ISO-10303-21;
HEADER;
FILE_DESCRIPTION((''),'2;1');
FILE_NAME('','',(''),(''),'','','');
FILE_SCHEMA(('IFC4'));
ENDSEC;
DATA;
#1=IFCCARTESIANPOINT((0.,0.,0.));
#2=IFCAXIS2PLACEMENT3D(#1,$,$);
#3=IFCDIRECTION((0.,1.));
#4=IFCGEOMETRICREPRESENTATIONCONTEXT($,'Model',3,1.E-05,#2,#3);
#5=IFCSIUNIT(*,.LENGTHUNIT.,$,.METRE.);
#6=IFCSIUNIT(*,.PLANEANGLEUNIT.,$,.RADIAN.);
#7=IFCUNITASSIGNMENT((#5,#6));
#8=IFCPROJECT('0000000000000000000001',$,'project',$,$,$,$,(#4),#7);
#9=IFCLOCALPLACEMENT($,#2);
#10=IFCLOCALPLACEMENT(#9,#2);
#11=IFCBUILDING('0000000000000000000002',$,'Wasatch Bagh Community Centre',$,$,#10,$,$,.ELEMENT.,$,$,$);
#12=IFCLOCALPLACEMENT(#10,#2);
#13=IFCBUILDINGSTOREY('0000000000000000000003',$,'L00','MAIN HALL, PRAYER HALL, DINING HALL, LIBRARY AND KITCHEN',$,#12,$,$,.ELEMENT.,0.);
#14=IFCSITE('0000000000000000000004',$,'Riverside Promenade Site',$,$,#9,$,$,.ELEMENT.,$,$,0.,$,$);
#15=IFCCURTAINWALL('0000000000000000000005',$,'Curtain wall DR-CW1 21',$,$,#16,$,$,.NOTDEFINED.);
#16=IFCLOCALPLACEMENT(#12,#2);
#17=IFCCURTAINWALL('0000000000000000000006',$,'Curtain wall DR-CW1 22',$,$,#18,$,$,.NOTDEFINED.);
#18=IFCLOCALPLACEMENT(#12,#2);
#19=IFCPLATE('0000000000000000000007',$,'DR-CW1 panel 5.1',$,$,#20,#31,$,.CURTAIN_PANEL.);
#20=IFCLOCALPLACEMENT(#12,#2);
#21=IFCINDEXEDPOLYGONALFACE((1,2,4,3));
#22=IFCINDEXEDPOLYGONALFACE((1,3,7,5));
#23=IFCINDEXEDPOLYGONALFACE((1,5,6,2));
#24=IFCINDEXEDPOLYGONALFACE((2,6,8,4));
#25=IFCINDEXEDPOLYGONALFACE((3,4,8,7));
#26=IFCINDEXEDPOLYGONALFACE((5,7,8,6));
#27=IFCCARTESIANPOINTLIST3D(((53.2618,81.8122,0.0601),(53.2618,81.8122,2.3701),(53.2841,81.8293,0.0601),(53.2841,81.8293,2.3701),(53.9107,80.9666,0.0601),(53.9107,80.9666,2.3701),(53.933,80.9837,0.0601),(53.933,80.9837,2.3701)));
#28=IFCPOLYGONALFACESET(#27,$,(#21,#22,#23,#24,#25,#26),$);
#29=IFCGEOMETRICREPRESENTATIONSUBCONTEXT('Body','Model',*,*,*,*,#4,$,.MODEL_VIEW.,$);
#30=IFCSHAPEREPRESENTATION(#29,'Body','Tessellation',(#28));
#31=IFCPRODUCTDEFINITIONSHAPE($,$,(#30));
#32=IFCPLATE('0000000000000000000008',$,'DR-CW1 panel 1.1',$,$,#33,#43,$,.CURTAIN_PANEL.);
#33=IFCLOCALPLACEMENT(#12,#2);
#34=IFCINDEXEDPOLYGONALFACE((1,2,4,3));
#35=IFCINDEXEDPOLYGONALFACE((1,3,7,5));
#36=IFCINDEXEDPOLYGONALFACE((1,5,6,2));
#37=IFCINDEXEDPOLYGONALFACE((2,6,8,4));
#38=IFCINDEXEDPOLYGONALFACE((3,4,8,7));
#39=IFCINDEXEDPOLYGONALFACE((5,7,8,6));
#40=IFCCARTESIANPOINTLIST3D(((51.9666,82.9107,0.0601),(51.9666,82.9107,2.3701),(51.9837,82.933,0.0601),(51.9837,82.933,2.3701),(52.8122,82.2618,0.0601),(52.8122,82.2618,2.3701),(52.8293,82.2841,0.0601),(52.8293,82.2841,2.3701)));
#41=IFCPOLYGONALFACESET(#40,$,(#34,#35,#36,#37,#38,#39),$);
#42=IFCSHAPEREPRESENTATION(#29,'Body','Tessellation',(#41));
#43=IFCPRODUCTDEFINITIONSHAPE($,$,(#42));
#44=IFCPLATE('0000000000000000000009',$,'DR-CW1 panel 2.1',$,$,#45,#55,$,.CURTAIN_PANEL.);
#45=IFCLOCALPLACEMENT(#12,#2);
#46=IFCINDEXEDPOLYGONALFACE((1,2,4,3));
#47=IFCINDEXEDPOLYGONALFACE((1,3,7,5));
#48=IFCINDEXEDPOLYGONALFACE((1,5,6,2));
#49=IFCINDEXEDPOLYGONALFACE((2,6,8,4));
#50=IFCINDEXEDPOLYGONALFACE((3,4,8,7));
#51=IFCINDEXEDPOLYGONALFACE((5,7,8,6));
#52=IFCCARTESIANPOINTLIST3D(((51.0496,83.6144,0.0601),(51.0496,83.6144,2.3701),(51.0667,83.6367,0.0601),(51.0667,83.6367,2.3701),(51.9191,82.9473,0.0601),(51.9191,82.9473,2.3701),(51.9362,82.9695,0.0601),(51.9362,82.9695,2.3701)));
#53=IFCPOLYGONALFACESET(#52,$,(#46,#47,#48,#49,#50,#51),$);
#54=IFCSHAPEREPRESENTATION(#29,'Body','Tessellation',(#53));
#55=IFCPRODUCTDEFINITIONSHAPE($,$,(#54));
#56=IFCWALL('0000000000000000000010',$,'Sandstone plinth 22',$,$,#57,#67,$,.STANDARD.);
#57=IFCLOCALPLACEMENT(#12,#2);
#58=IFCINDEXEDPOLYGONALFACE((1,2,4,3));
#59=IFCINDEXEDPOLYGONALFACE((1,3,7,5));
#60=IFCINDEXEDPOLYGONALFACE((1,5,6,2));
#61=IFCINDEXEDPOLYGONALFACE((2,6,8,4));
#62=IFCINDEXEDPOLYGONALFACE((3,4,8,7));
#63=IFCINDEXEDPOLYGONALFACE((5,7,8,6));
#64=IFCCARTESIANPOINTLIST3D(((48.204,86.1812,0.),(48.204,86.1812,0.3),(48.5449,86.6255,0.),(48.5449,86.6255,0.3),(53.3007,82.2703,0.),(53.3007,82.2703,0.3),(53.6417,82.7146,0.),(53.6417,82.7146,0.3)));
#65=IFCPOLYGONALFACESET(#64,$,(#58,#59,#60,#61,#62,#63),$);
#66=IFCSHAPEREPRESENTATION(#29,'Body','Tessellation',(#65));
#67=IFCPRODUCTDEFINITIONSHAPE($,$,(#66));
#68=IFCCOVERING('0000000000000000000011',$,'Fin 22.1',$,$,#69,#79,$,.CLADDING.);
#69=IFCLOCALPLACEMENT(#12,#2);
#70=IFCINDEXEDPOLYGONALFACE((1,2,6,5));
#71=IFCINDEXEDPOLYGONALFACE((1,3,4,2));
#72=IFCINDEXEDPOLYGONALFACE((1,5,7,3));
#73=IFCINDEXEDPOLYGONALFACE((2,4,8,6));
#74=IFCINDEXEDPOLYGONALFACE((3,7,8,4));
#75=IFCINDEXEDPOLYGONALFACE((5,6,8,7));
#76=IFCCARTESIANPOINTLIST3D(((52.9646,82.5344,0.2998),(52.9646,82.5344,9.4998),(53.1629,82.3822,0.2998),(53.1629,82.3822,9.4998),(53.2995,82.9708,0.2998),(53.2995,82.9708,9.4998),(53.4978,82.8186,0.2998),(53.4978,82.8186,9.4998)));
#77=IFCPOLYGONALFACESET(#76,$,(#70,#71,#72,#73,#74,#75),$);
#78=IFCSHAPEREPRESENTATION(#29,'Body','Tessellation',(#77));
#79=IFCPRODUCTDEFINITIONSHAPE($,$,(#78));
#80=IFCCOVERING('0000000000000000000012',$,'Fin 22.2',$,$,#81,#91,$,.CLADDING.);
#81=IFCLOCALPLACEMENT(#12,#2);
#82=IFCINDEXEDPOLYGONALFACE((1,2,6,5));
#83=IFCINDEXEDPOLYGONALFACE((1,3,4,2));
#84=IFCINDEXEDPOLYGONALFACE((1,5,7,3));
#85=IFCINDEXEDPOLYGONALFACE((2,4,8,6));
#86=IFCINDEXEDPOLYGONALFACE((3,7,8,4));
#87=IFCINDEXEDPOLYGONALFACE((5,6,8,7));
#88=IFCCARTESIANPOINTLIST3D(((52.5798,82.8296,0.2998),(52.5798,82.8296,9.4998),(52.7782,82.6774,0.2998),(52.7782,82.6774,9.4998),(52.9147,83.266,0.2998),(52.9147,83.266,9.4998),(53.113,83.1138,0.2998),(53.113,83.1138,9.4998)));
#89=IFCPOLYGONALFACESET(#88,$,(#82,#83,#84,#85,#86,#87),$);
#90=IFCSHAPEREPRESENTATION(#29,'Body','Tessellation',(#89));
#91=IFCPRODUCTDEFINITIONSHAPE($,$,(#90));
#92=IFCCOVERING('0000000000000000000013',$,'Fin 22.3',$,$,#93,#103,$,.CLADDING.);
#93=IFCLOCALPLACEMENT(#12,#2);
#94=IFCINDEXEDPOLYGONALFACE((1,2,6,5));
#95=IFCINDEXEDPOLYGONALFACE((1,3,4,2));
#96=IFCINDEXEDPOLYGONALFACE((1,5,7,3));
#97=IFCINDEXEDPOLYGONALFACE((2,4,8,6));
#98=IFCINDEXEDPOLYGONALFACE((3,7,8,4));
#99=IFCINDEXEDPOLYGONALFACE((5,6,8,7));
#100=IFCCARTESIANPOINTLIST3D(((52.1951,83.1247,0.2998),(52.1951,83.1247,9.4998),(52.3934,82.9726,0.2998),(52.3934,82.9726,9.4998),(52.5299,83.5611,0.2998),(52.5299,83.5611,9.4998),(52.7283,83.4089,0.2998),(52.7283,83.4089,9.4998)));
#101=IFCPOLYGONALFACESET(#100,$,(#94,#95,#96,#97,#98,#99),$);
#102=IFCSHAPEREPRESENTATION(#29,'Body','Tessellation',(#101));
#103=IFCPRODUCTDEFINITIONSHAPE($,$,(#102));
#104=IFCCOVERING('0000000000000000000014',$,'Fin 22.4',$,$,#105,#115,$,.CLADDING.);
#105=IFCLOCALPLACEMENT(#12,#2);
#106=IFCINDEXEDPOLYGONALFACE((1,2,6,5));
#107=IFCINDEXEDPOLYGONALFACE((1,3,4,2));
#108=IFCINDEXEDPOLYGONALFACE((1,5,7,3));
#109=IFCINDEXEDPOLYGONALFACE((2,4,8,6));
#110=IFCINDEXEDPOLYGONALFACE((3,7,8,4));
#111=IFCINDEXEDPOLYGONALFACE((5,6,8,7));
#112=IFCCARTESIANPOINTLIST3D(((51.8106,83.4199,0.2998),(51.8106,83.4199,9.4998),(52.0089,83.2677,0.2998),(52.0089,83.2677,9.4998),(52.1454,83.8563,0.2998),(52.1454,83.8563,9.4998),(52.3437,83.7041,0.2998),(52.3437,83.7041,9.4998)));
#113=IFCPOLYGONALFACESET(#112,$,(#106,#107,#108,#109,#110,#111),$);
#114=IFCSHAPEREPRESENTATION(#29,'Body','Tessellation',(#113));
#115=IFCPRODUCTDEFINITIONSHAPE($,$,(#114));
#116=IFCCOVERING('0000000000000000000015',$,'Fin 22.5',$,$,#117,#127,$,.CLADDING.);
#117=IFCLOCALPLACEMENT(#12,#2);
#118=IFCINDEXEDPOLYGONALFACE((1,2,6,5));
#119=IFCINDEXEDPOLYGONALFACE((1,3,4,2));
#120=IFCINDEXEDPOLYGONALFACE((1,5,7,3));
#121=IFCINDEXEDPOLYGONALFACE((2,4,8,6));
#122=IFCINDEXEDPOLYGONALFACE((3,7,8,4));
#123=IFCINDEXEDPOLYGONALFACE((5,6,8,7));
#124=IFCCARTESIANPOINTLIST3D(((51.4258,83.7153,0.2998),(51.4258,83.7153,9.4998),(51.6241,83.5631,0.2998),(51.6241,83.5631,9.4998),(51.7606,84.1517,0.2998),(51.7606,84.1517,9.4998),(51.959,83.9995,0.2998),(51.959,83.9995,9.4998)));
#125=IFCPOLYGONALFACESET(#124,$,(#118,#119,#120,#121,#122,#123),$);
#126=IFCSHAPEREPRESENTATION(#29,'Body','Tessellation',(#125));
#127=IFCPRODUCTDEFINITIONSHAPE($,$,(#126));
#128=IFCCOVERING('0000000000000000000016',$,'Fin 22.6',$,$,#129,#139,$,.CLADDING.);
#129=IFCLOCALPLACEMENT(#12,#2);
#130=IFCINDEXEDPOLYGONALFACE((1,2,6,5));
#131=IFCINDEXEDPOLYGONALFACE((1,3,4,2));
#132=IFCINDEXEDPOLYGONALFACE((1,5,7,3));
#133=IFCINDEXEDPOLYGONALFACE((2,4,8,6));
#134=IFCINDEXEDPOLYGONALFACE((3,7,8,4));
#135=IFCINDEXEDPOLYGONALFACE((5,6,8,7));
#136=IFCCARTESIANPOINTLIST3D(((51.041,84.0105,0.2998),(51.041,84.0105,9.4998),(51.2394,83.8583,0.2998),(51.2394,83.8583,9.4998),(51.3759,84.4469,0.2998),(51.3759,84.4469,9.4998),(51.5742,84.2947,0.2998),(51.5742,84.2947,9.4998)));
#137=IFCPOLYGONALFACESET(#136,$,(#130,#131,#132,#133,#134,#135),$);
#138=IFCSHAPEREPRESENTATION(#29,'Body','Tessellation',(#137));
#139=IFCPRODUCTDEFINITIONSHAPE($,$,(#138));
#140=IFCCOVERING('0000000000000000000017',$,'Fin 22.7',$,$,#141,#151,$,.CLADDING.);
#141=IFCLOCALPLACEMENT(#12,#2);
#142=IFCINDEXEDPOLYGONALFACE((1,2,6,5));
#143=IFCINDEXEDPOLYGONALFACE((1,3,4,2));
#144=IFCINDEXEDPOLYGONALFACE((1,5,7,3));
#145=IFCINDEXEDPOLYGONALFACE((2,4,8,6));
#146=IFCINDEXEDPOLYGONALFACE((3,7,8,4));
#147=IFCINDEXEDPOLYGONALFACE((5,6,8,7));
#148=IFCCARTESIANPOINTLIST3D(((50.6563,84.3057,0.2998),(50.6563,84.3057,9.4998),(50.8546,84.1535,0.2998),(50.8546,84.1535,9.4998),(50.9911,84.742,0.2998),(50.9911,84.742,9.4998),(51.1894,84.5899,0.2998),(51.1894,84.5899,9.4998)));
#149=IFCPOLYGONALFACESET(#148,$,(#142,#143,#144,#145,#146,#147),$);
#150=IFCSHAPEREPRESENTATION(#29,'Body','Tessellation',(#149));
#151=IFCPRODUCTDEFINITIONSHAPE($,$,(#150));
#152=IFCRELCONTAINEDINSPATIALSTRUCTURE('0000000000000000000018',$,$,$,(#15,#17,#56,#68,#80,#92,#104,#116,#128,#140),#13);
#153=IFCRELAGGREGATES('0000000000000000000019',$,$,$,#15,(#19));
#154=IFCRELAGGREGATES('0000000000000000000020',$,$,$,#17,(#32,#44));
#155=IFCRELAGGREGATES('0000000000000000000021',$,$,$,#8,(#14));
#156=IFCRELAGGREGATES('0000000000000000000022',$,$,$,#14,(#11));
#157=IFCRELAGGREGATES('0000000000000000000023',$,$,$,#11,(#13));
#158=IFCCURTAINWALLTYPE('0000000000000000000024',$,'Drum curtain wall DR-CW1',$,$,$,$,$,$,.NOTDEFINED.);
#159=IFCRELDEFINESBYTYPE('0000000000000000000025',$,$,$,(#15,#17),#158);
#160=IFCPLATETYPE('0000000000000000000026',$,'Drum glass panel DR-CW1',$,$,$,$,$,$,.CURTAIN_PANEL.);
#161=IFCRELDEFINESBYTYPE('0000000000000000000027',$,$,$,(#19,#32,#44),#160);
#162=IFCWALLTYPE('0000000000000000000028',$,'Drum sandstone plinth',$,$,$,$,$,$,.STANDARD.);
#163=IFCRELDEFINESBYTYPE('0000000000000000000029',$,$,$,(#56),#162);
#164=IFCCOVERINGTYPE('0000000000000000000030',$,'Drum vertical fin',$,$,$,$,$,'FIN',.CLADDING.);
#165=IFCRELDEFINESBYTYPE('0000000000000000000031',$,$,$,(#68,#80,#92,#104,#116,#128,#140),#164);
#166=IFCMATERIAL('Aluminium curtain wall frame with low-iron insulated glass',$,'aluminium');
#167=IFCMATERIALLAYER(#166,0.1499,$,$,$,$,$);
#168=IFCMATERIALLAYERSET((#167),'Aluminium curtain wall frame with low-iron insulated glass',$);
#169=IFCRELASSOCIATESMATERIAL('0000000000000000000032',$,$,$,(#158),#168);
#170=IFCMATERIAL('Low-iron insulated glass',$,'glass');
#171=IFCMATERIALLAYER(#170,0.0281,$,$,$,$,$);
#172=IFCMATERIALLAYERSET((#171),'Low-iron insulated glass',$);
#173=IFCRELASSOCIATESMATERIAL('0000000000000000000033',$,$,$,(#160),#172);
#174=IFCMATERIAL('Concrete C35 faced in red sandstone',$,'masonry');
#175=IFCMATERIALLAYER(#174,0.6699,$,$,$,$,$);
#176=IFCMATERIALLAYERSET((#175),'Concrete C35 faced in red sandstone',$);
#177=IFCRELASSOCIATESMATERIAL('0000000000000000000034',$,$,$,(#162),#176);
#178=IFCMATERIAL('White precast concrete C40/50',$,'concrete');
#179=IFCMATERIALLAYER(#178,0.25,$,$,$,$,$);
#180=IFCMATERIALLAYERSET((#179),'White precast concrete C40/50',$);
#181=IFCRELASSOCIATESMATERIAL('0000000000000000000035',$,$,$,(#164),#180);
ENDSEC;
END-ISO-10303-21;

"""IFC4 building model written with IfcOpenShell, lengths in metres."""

from ifc_helpers import new_model, si_unit, direction, frame, frame_2d, origin, origin_2d, place, context, subcontext, project, spatial, rectangle, extrude, material, layer, layer_set, type_object, element, aggregate, save


model = new_model("IFC4")

# Units and contexts
model_context = context("Model", 3, precision=1e-05, world=origin(), true_north=direction((0.0, 1.0)))
body_context = subcontext(model_context, "Body", "Model", "MODEL_VIEW")
ifc_project = project(units=[si_unit("LENGTHUNIT", "METRE"), si_unit("PLANEANGLEUNIT", "RADIAN")], contexts=[model_context])

# Site, building, storey
site_placement = place(None, origin())
site = spatial("IfcSite", under=ifc_project, at=site_placement, Name="Riverside Promenade Site", CompositionType="ELEMENT", RefElevation=0.0)
building_placement = place(site_placement, origin())
building = spatial("IfcBuilding", under=site, at=building_placement, Name="Wasatch Bagh Community Centre", CompositionType="ELEMENT")
storey_placement = place(building_placement, origin())
storey = spatial("IfcBuildingStorey", under=building, at=storey_placement, Name="L00", Description="MAIN HALL, PRAYER HALL, DINING HALL, LIBRARY AND KITCHEN", CompositionType="ELEMENT", Elevation=0.0)

# Curtain wall
ifc_material_1 = material(Name="Aluminium curtain wall frame with low-iron insulated glass", Category="aluminium")
ifc_layer_1 = layer(ifc_material_1, 0.1499)
ifc_layer_set_1 = layer_set([ifc_layer_1], Name="Aluminium curtain wall frame with low-iron insulated glass")
curtain_wall_type = type_object("IfcCurtainWallType", Name="Drum curtain wall DR-CW1", PredefinedType="NOTDEFINED", material=ifc_layer_set_1)
curtain_wall_1_placement = place(storey_placement, origin())
curtain_wall_1 = element("IfcCurtainWall", 1, at=curtain_wall_1_placement, inside=storey, type_object=curtain_wall_type, Name="Curtain wall DR-CW1 21", PredefinedType="NOTDEFINED")

# Curtain wall
curtain_wall_2_placement = place(storey_placement, origin())
curtain_wall_2 = element("IfcCurtainWall", 2, at=curtain_wall_2_placement, inside=storey, type_object=curtain_wall_type, Name="Curtain wall DR-CW1 22", PredefinedType="NOTDEFINED")

# Plates
ifc_material_2 = material(Name="Low-iron insulated glass", Category="glass")
ifc_layer_2 = layer(ifc_material_2, 0.0281)
ifc_layer_set_2 = layer_set([ifc_layer_2], Name="Low-iron insulated glass")
plate_type = type_object("IfcPlateType", Name="Drum glass panel DR-CW1", PredefinedType="CURTAIN_PANEL", material=ifc_layer_set_2)
plate_1_placement = place(storey_placement, frame((53.5974, 81.3979, 0.0601), z_axis=(0.0, 0.0, 1.0), x_axis=(-0.608761, 0.793353, 0.0)))
plate_1 = element("IfcPlate", 3, at=plate_1_placement, type_object=plate_type, Name="DR-CW1 panel 5.1", PredefinedType="CURTAIN_PANEL", context=body_context, shape_type="SweptSolid", body=[
    extrude(rectangle(XDim=1.0659, YDim=0.0281, at=origin_2d()), origin(), (0.0, 0.0, 1.0), 2.3101),
])
aggregate(curtain_wall_1, [plate_1])
plate_2_placement = place(storey_placement, frame((52.3979, 82.5974, 0.0601), z_axis=(0.0, 0.0, 1.0), x_axis=(-0.793353, 0.608761, 0.0)))
plate_2 = element("IfcPlate", 4, at=plate_2_placement, type_object=plate_type, Name="DR-CW1 panel 1.1", PredefinedType="CURTAIN_PANEL", context=body_context, shape_type="SweptSolid", body=[
    extrude(rectangle(XDim=1.0659, YDim=0.0281, at=origin_2d()), origin(), (0.0, 0.0, 1.0), 2.3101),
])
plate_3_placement = place(storey_placement, frame((51.4929, 83.292, 0.0601), z_axis=(0.0, 0.0, 1.0), x_axis=(-0.793353, 0.608761, 0.0)))
plate_3 = element("IfcPlate", 5, at=plate_3_placement, type_object=plate_type, Name="DR-CW1 panel 2.1", PredefinedType="CURTAIN_PANEL", context=body_context, shape_type="SweptSolid", body=[
    extrude(rectangle(XDim=1.0959, YDim=0.0281, at=origin_2d()), origin(), (0.0, 0.0, 1.0), 2.3101),
])
aggregate(curtain_wall_2, [plate_2, plate_3])

# Wall
ifc_material_3 = material(Name="Concrete C35 faced in red sandstone", Category="masonry")
ifc_layer_3 = layer(ifc_material_3, 0.6699)
ifc_layer_set_3 = layer_set([ifc_layer_3], Name="Concrete C35 faced in red sandstone")
wall_type = type_object("IfcWallType", Name="Drum sandstone plinth", PredefinedType="STANDARD", material=ifc_layer_set_3)
wall_placement = place(storey_placement, frame((53.4712, 82.4924, 0.0), z_axis=(0.0, 0.0, 1.0), x_axis=(-0.793348, 0.608768, 0.0)))
element("IfcWall", 6, at=wall_placement, inside=storey, type_object=wall_type, Name="Sandstone plinth 22", PredefinedType="STANDARD", context=body_context, shape_type="SweptSolid", body=[
    extrude(rectangle(XDim=6.4243, YDim=0.5601, at=frame_2d((3.2122, 0.0))), origin(), (0.0, 0.0, 1.0), 0.3),
])

# Coverings
ifc_material_4 = material(Name="White precast concrete C40/50", Category="concrete")
ifc_layer_4 = layer(ifc_material_4, 0.25)
ifc_layer_set_4 = layer_set([ifc_layer_4], Name="White precast concrete C40/50")
covering_type = type_object("IfcCoveringType", Name="Drum vertical fin", ElementType="FIN", PredefinedType="CLADDING", material=ifc_layer_set_4)
for number, where, z_axis, x_axis, name in (
    (7, (53.2312, 82.6765, 0.2998), (0.0, 0.0, 1.0), (-0.793353, 0.608761, 0.0), "Fin 22.1"),
    (8, (52.8464, 82.9717, 0.2998), (0.0, 0.0, 1.0), (-0.793353, 0.608761, 0.0), "Fin 22.2"),
    (9, (52.4617, 83.2668, 0.2998), (0.0, 0.0, 1.0), (-0.793353, 0.608761, 0.0), "Fin 22.3"),
    (10, (52.0771, 83.562, 0.2998), (0.0, 0.0, 1.0), (-0.793353, 0.608761, 0.0), "Fin 22.4"),
    (11, (51.6924, 83.8574, 0.2998), (0.0, 0.0, 1.0), (-0.793353, 0.608761, 0.0), "Fin 22.5"),
    (12, (51.3076, 84.1526, 0.2998), (0.0, 0.0, 1.0), (-0.793353, 0.608761, 0.0), "Fin 22.6"),
    (13, (50.9229, 84.4478, 0.2998), (0.0, 0.0, 1.0), (-0.793353, 0.608761, 0.0), "Fin 22.7"),
):
    element("IfcCovering", number, at=place(storey_placement, frame(where, z_axis=z_axis, x_axis=x_axis)), inside=storey, type_object=covering_type, Name=name, PredefinedType="CLADDING", context=body_context, shape_type="SweptSolid", body=[
        extrude(rectangle(XDim=0.25, YDim=0.55, at=origin_2d()), origin(), (0.0, 0.0, 1.0), 9.2),
    ])

save(model, "model.ifc")
